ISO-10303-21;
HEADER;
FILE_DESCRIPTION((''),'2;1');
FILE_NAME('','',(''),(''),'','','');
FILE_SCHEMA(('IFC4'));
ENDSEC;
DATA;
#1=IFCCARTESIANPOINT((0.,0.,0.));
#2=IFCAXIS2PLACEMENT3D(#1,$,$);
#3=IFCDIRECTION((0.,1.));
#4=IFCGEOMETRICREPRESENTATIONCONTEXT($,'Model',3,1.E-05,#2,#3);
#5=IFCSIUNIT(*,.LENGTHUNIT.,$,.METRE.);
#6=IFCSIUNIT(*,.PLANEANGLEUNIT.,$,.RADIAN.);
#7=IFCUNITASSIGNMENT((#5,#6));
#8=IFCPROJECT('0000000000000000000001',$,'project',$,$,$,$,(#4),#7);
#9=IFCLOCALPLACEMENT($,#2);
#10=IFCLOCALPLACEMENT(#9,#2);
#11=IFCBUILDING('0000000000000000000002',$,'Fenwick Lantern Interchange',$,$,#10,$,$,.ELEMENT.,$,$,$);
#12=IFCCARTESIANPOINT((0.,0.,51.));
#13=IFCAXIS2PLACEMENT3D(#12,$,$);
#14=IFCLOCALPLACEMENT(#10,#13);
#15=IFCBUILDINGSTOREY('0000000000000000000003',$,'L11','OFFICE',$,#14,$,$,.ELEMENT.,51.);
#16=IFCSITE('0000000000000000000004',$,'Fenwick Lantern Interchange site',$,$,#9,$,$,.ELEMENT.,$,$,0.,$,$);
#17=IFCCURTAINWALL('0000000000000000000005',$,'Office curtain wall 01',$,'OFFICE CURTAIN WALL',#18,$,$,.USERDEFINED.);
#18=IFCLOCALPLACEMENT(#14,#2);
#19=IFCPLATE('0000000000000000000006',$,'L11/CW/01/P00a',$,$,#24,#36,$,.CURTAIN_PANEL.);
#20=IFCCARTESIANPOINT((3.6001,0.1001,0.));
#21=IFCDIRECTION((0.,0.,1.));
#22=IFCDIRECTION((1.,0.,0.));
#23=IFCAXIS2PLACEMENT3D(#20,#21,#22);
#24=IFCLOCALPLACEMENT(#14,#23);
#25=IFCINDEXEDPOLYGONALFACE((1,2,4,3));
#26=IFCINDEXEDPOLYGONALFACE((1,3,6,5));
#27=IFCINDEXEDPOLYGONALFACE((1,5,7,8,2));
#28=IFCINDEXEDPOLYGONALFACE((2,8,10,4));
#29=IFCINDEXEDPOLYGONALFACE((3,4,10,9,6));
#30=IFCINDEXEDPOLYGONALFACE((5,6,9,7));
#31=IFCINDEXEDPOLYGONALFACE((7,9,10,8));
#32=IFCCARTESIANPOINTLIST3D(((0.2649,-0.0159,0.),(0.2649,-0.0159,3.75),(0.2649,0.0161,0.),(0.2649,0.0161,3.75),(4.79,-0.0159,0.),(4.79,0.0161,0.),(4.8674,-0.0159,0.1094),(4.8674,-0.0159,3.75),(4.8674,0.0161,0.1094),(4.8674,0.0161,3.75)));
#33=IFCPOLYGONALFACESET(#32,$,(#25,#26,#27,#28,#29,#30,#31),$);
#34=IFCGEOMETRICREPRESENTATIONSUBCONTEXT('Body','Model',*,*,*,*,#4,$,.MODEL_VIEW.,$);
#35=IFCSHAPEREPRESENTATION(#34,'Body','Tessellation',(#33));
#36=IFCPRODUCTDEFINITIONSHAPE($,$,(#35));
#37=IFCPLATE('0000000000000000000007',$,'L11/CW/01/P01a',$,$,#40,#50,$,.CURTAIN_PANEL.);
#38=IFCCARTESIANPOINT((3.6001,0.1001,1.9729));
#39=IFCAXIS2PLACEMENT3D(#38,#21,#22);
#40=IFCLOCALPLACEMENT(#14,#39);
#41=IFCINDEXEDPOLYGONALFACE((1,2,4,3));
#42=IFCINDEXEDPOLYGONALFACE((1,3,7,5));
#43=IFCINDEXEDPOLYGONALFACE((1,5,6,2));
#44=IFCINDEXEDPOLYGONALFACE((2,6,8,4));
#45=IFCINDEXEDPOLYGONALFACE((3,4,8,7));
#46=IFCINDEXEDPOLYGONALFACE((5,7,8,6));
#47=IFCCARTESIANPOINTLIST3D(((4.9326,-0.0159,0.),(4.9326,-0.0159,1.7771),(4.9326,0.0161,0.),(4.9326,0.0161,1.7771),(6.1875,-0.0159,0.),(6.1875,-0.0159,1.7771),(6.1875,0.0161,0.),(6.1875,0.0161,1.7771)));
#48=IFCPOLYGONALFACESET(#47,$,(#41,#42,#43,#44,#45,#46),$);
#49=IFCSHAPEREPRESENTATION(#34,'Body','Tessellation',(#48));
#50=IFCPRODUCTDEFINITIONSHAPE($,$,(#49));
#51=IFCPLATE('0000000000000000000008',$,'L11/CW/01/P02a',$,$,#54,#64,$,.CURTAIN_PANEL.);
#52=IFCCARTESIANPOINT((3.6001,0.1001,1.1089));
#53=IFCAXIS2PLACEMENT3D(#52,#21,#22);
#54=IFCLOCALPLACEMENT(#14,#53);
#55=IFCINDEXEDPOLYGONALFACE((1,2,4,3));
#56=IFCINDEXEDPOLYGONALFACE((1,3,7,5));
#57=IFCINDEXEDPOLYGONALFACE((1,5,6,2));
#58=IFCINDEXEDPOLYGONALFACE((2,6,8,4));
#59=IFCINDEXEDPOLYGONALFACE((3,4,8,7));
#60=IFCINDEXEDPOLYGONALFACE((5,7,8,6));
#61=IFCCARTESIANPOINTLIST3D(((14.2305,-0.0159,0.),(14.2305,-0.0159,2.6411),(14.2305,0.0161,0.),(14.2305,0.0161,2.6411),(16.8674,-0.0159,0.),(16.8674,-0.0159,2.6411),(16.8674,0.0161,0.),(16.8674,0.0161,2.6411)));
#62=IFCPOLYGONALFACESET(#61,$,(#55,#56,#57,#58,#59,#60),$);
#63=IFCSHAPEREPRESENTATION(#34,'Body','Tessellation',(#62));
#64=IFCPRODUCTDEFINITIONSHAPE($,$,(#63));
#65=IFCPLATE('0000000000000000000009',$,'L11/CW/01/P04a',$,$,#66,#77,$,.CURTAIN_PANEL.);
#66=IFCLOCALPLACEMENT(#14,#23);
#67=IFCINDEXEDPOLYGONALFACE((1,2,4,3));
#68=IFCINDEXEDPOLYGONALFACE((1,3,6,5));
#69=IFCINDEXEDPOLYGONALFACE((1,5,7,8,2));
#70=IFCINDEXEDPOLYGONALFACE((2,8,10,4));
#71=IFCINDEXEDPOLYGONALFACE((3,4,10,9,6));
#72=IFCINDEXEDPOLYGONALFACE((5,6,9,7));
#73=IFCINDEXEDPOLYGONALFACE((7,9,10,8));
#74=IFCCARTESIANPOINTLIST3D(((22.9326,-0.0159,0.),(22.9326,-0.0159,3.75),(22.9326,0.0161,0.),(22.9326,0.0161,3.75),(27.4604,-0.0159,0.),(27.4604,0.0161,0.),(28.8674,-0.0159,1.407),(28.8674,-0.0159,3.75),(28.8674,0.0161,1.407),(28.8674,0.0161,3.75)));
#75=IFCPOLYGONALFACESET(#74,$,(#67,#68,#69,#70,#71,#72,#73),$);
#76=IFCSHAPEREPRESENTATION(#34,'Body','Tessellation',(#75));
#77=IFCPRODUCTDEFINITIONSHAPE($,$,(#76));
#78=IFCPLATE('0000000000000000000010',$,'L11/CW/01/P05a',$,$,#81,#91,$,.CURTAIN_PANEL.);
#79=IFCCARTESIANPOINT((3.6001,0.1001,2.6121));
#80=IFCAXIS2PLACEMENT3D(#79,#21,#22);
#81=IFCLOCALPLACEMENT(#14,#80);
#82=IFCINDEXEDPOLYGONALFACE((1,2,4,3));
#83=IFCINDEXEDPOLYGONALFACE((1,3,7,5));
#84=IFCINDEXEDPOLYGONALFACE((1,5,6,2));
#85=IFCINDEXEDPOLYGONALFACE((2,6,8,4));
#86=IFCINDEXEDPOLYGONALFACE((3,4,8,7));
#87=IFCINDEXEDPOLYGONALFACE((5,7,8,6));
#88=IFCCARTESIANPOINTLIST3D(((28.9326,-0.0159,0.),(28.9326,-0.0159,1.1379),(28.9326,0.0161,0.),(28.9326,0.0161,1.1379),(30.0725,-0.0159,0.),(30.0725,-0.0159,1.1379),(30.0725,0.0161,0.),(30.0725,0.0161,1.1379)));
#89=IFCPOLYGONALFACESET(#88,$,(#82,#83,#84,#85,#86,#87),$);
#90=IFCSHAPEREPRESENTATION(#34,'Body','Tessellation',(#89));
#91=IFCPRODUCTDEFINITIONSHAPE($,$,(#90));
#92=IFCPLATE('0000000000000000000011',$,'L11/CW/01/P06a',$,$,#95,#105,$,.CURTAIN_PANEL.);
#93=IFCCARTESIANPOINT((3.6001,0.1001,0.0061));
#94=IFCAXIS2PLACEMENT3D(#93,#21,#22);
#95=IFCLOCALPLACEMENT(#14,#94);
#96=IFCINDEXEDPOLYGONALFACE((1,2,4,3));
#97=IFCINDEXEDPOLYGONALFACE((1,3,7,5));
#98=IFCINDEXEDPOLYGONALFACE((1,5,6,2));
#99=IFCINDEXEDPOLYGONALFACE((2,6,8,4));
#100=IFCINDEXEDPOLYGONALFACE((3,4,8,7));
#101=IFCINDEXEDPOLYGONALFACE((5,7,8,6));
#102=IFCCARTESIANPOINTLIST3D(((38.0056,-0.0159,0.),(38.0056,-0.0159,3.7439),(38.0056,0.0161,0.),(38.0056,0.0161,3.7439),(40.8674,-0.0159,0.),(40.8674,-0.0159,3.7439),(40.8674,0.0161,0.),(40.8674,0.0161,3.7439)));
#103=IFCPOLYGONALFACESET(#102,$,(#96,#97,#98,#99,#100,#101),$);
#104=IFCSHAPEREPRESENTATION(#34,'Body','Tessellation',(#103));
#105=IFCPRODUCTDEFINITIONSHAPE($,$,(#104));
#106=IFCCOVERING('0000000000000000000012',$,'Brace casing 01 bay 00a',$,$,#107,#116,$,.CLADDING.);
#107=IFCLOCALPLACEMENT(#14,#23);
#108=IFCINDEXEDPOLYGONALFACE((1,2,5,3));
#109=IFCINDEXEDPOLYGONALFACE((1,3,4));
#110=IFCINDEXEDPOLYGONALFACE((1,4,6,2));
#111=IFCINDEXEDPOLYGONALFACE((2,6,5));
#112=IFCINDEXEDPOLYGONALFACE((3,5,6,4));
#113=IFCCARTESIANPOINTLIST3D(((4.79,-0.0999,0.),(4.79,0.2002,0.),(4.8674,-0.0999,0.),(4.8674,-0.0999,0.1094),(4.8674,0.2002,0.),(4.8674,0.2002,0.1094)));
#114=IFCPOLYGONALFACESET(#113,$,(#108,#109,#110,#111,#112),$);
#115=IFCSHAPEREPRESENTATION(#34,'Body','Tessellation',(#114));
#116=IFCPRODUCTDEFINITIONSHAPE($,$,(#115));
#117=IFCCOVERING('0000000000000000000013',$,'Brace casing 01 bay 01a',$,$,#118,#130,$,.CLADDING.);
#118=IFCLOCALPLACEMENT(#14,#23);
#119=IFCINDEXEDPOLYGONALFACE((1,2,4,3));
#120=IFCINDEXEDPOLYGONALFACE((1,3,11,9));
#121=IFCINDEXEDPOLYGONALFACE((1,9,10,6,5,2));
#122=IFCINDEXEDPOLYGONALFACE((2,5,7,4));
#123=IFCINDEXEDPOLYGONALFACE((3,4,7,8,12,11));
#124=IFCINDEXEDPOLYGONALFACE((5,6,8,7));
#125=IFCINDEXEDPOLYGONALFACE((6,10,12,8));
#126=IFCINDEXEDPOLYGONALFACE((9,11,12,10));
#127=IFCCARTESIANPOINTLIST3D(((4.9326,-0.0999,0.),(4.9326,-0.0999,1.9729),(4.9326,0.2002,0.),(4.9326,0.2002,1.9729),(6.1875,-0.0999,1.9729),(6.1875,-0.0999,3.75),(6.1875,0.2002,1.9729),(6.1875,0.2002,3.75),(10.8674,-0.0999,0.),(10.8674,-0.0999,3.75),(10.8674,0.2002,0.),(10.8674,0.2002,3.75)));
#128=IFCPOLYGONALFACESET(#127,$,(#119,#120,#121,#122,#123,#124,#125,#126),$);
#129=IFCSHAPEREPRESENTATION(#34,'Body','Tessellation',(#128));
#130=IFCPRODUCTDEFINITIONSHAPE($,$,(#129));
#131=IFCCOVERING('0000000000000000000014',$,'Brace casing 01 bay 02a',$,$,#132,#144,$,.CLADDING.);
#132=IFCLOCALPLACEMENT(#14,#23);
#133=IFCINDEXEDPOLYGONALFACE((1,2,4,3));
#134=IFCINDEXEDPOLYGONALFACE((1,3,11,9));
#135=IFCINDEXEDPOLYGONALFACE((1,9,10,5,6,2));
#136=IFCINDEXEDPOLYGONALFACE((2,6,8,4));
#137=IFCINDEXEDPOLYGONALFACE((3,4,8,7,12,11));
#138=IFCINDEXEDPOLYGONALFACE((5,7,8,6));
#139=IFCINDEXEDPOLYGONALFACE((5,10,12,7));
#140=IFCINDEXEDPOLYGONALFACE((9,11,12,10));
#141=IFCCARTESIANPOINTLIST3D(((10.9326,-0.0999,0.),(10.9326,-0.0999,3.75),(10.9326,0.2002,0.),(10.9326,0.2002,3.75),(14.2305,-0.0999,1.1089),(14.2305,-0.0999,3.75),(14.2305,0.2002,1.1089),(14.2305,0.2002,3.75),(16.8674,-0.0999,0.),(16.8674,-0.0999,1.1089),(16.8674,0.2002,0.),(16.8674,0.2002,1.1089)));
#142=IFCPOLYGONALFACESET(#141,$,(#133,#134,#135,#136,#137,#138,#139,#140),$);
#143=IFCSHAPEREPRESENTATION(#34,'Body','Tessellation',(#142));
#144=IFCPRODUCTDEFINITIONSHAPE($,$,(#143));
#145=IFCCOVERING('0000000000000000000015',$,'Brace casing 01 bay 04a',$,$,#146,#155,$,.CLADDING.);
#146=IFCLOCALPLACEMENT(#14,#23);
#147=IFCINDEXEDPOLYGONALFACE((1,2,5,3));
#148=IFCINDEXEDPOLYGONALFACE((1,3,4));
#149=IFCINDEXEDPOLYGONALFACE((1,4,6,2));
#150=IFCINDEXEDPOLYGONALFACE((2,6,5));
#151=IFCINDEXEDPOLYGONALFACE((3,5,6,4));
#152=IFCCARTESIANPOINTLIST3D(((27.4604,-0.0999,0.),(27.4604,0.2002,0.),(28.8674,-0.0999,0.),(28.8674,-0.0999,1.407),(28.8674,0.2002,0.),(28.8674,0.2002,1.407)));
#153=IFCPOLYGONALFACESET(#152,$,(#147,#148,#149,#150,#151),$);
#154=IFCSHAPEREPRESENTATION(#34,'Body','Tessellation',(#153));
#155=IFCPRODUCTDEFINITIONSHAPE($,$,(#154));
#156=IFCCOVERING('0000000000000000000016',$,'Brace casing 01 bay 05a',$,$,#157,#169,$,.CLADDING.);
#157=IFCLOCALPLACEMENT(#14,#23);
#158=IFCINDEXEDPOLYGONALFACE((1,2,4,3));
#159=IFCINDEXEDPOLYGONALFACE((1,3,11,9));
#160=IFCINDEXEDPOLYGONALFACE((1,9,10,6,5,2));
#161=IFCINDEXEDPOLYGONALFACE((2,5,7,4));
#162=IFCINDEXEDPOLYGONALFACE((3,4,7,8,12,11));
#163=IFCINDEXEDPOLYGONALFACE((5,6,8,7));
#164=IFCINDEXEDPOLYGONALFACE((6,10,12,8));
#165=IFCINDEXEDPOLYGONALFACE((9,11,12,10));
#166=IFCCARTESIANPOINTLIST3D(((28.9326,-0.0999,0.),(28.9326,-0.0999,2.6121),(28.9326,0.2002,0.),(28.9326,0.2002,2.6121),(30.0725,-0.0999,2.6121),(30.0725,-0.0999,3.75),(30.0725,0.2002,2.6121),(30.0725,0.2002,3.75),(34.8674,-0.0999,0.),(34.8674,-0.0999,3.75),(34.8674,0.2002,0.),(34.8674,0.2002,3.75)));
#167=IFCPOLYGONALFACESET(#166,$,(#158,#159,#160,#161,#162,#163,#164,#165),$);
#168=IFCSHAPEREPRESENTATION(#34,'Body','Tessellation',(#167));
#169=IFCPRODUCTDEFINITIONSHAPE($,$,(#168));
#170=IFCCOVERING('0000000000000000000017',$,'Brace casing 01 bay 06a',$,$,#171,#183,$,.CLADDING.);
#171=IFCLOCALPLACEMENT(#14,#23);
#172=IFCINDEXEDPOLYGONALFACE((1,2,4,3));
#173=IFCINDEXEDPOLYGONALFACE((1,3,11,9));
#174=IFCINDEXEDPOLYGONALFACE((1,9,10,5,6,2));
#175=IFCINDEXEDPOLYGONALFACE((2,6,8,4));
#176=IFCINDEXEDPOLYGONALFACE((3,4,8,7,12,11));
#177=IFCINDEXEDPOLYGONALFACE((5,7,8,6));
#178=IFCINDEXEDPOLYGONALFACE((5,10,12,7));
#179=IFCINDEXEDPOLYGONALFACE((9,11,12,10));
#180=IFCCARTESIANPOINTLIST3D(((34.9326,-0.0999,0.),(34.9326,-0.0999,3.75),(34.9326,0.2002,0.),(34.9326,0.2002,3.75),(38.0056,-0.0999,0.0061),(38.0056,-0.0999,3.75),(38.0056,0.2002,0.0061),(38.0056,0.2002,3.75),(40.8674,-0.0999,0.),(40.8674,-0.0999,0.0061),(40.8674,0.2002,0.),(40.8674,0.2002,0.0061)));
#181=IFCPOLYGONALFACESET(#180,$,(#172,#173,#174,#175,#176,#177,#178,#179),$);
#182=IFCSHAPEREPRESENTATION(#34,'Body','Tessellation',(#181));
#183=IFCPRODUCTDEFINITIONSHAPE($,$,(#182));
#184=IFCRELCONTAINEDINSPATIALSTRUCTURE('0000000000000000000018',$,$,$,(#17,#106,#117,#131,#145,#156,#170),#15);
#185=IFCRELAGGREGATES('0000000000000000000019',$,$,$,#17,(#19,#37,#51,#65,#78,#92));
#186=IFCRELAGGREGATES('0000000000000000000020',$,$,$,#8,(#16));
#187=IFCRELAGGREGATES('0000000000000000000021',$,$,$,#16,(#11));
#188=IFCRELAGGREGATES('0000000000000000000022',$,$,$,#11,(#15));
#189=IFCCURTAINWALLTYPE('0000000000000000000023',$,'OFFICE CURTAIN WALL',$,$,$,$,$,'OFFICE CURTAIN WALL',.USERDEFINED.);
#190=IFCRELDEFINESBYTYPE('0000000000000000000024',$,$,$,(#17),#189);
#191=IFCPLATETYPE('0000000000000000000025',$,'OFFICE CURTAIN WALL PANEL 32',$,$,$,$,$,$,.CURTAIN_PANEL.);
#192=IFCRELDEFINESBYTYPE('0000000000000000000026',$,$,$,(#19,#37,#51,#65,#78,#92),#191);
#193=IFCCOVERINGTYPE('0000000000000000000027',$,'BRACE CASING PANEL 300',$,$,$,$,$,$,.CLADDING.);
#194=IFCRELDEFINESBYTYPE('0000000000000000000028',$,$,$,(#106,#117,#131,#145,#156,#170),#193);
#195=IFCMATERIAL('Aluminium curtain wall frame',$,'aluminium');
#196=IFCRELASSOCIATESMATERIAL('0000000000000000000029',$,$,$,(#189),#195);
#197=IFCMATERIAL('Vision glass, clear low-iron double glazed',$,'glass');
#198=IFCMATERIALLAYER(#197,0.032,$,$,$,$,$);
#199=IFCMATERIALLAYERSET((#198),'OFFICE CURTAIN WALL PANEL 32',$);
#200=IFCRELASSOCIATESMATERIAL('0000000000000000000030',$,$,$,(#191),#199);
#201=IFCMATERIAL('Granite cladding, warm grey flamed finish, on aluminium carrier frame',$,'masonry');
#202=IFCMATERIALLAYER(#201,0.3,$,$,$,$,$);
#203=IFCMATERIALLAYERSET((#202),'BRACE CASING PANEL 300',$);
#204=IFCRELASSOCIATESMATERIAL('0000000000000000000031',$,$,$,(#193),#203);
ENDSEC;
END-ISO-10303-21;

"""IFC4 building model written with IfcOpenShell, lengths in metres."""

from ifc_helpers import new_model, si_unit, direction, frame, origin, place, context, subcontext, project, spatial, polyline, outline, extrude, material, layer, layer_set, type_object, element, aggregate, save


model = new_model("IFC4")

# Units and contexts
model_context = context("Model", 3, precision=1e-05, world=origin(), true_north=direction((0.0, 1.0)))
body_context = subcontext(model_context, "Body", "Model", "MODEL_VIEW")
ifc_project = project(units=[si_unit("LENGTHUNIT", "METRE"), si_unit("PLANEANGLEUNIT", "RADIAN")], contexts=[model_context])

# Site, building, storey
site_placement = place(None, origin())
site = spatial("IfcSite", under=ifc_project, at=site_placement, Name="Fenwick Lantern Interchange site", CompositionType="ELEMENT", RefElevation=0.0)
building_placement = place(site_placement, origin())
building = spatial("IfcBuilding", under=site, at=building_placement, Name="Fenwick Lantern Interchange", CompositionType="ELEMENT")
storey_placement = place(building_placement, frame((0.0, 0.0, 51.0)))
storey = spatial("IfcBuildingStorey", under=building, at=storey_placement, Name="L11", Description="OFFICE", CompositionType="ELEMENT", Elevation=51.0)

# Shared definitions
ifc_material_1 = material(Name="Aluminium curtain wall frame", Category="aluminium")
curtain_wall_type = type_object("IfcCurtainWallType", Name="OFFICE CURTAIN WALL", ElementType="OFFICE CURTAIN WALL", PredefinedType="USERDEFINED", material=ifc_material_1)

# Curtain wall, plates
curtain_wall_1_placement = place(storey_placement, origin())
curtain_wall_1 = element("IfcCurtainWall", 1, at=curtain_wall_1_placement, inside=storey, type_object=curtain_wall_type, Name="Office curtain wall 01", ObjectType="OFFICE CURTAIN WALL", PredefinedType="USERDEFINED")
ifc_material_2 = material(Name="Vision glass, clear low-iron double glazed", Category="glass")
ifc_layer_1 = layer(ifc_material_2, 0.032)
ifc_layer_set_1 = layer_set([ifc_layer_1], Name="OFFICE CURTAIN WALL PANEL 32")
plate_type = type_object("IfcPlateType", Name="OFFICE CURTAIN WALL PANEL 32", PredefinedType="CURTAIN_PANEL", material=ifc_layer_set_1)
plate_1_placement = place(storey_placement, frame((3.6001, 0.1001, 0.0), z_axis=(0.0, 0.0, 1.0), x_axis=(1.0, 0.0, 0.0)))
plate_1 = element("IfcPlate", 2, at=plate_1_placement, type_object=plate_type, Name="L11/CW/01/P00a", PredefinedType="CURTAIN_PANEL", context=body_context, shape_type="SweptSolid", body=[
    extrude(outline(polyline([(0.2649, 0.0), (4.79, 0.0), (4.8674, 0.1094), (4.8674, 3.75), (0.2649, 3.75), (0.2649, 0.0)])), frame((0.0, 0.0161, 0.0), z_axis=(0.0, -1.0, 0.0), x_axis=(1.0, 0.0, 0.0)), (0.0, 0.0, 1.0), 0.032),
])
plate_2_placement = place(storey_placement, frame((3.6001, 0.1001, 1.9729), z_axis=(0.0, 0.0, 1.0), x_axis=(1.0, 0.0, 0.0)))
plate_2 = element("IfcPlate", 3, at=plate_2_placement, type_object=plate_type, Name="L11/CW/01/P01a", PredefinedType="CURTAIN_PANEL", context=body_context, shape_type="SweptSolid", body=[
    extrude(outline(polyline([(4.9326, 0.0), (6.1875, 0.0), (6.1875, 1.7771), (4.9326, 1.7771), (4.9326, 0.0)])), frame((0.0, 0.0161, 0.0), z_axis=(0.0, -1.0, 0.0), x_axis=(1.0, 0.0, 0.0)), (0.0, 0.0, 1.0), 0.032),
])
plate_3_placement = place(storey_placement, frame((3.6001, 0.1001, 1.1089), z_axis=(0.0, 0.0, 1.0), x_axis=(1.0, 0.0, 0.0)))
plate_3 = element("IfcPlate", 4, at=plate_3_placement, type_object=plate_type, Name="L11/CW/01/P02a", PredefinedType="CURTAIN_PANEL", context=body_context, shape_type="SweptSolid", body=[
    extrude(outline(polyline([(14.2305, 0.0), (16.8674, 0.0), (16.8674, 2.6411), (14.2305, 2.6411), (14.2305, 0.0)])), frame((0.0, 0.0161, 0.0), z_axis=(0.0, -1.0, 0.0), x_axis=(1.0, 0.0, 0.0)), (0.0, 0.0, 1.0), 0.032),
])
plate_4_placement = place(storey_placement, frame((3.6001, 0.1001, 0.0), z_axis=(0.0, 0.0, 1.0), x_axis=(1.0, 0.0, 0.0)))
plate_4 = element("IfcPlate", 5, at=plate_4_placement, type_object=plate_type, Name="L11/CW/01/P04a", PredefinedType="CURTAIN_PANEL", context=body_context, shape_type="SweptSolid", body=[
    extrude(outline(polyline([(22.9326, 0.0), (27.4604, 0.0), (28.8674, 1.407), (28.8674, 3.75), (22.9326, 3.75), (22.9326, 0.0)])), frame((0.0, 0.0161, 0.0), z_axis=(0.0, -1.0, 0.0), x_axis=(1.0, 0.0, 0.0)), (0.0, 0.0, 1.0), 0.032),
])
plate_5_placement = place(storey_placement, frame((3.6001, 0.1001, 2.6121), z_axis=(0.0, 0.0, 1.0), x_axis=(1.0, 0.0, 0.0)))
plate_5 = element("IfcPlate", 6, at=plate_5_placement, type_object=plate_type, Name="L11/CW/01/P05a", PredefinedType="CURTAIN_PANEL", context=body_context, shape_type="SweptSolid", body=[
    extrude(outline(polyline([(28.9326, 0.0), (30.0725, 0.0), (30.0725, 1.1379), (28.9326, 1.1379), (28.9326, 0.0)])), frame((0.0, 0.0161, 0.0), z_axis=(0.0, -1.0, 0.0), x_axis=(1.0, 0.0, 0.0)), (0.0, 0.0, 1.0), 0.032),
])
plate_6_placement = place(storey_placement, frame((3.6001, 0.1001, 0.0061), z_axis=(0.0, 0.0, 1.0), x_axis=(1.0, 0.0, 0.0)))
plate_6 = element("IfcPlate", 7, at=plate_6_placement, type_object=plate_type, Name="L11/CW/01/P06a", PredefinedType="CURTAIN_PANEL", context=body_context, shape_type="SweptSolid", body=[
    extrude(outline(polyline([(38.0056, 0.0), (40.8674, 0.0), (40.8674, 3.7439), (38.0056, 3.7439), (38.0056, 0.0)])), frame((0.0, 0.0161, 0.0), z_axis=(0.0, -1.0, 0.0), x_axis=(1.0, 0.0, 0.0)), (0.0, 0.0, 1.0), 0.032),
])
aggregate(curtain_wall_1, [plate_1, plate_2, plate_3, plate_4, plate_5, plate_6])

# Coverings
ifc_material_3 = material(Name="Granite cladding, warm grey flamed finish, on aluminium carrier frame", Category="masonry")
ifc_layer_2 = layer(ifc_material_3, 0.3)
ifc_layer_set_2 = layer_set([ifc_layer_2], Name="BRACE CASING PANEL 300")
covering_type = type_object("IfcCoveringType", Name="BRACE CASING PANEL 300", PredefinedType="CLADDING", material=ifc_layer_set_2)
covering_1_placement = place(storey_placement, frame((3.6001, 0.1001, 0.0), z_axis=(0.0, 0.0, 1.0), x_axis=(1.0, 0.0, 0.0)))
element("IfcCovering", 8, at=covering_1_placement, inside=storey, type_object=covering_type, Name="Brace casing 01 bay 00a", PredefinedType="CLADDING", context=body_context, shape_type="SweptSolid", body=[
    extrude(outline(polyline([(4.79, 0.0), (4.8674, 0.0), (4.8674, 0.1094), (4.79, 0.0)])), frame((0.0, 0.2002, 0.0), z_axis=(0.0, -1.0, 0.0), x_axis=(1.0, 0.0, 0.0)), (0.0, 0.0, 1.0), 0.3),
])
covering_2_placement = place(storey_placement, frame((3.6001, 0.1001, 0.0), z_axis=(0.0, 0.0, 1.0), x_axis=(1.0, 0.0, 0.0)))
element("IfcCovering", 9, at=covering_2_placement, inside=storey, type_object=covering_type, Name="Brace casing 01 bay 01a", PredefinedType="CLADDING", context=body_context, shape_type="SweptSolid", body=[
    extrude(outline(polyline([(4.9326, 0.0), (10.8674, 0.0), (10.8674, 3.75), (6.1875, 3.75), (6.1875, 1.9729), (4.9326, 1.9729), (4.9326, 0.0)])), frame((0.0, 0.2002, 0.0), z_axis=(0.0, -1.0, 0.0), x_axis=(1.0, 0.0, 0.0)), (0.0, 0.0, 1.0), 0.3),
])
covering_3_placement = place(storey_placement, frame((3.6001, 0.1001, 0.0), z_axis=(0.0, 0.0, 1.0), x_axis=(1.0, 0.0, 0.0)))
element("IfcCovering", 10, at=covering_3_placement, inside=storey, type_object=covering_type, Name="Brace casing 01 bay 02a", PredefinedType="CLADDING", context=body_context, shape_type="SweptSolid", body=[
    extrude(outline(polyline([(10.9326, 0.0), (16.8674, 0.0), (16.8674, 1.1089), (14.2305, 1.1089), (14.2305, 3.75), (10.9326, 3.75), (10.9326, 0.0)])), frame((0.0, 0.2002, 0.0), z_axis=(0.0, -1.0, 0.0), x_axis=(1.0, 0.0, 0.0)), (0.0, 0.0, 1.0), 0.3),
])
covering_4_placement = place(storey_placement, frame((3.6001, 0.1001, 0.0), z_axis=(0.0, 0.0, 1.0), x_axis=(1.0, 0.0, 0.0)))
element("IfcCovering", 11, at=covering_4_placement, inside=storey, type_object=covering_type, Name="Brace casing 01 bay 04a", PredefinedType="CLADDING", context=body_context, shape_type="SweptSolid", body=[
    extrude(outline(polyline([(27.4604, 0.0), (28.8674, 0.0), (28.8674, 1.407), (27.4604, 0.0)])), frame((0.0, 0.2002, 0.0), z_axis=(0.0, -1.0, 0.0), x_axis=(1.0, 0.0, 0.0)), (0.0, 0.0, 1.0), 0.3),
])
covering_5_placement = place(storey_placement, frame((3.6001, 0.1001, 0.0), z_axis=(0.0, 0.0, 1.0), x_axis=(1.0, 0.0, 0.0)))
element("IfcCovering", 12, at=covering_5_placement, inside=storey, type_object=covering_type, Name="Brace casing 01 bay 05a", PredefinedType="CLADDING", context=body_context, shape_type="SweptSolid", body=[
    extrude(outline(polyline([(28.9326, 0.0), (34.8674, 0.0), (34.8674, 3.75), (30.0725, 3.75), (30.0725, 2.6121), (28.9326, 2.6121), (28.9326, 0.0)])), frame((0.0, 0.2002, 0.0), z_axis=(0.0, -1.0, 0.0), x_axis=(1.0, 0.0, 0.0)), (0.0, 0.0, 1.0), 0.3),
])
covering_6_placement = place(storey_placement, frame((3.6001, 0.1001, 0.0), z_axis=(0.0, 0.0, 1.0), x_axis=(1.0, 0.0, 0.0)))
element("IfcCovering", 13, at=covering_6_placement, inside=storey, type_object=covering_type, Name="Brace casing 01 bay 06a", PredefinedType="CLADDING", context=body_context, shape_type="SweptSolid", body=[
    extrude(outline(polyline([(34.9326, 0.0), (40.8674, 0.0), (40.8674, 0.0061), (38.0056, 0.0061), (38.0056, 3.75), (34.9326, 3.75), (34.9326, 0.0)])), frame((0.0, 0.2002, 0.0), z_axis=(0.0, -1.0, 0.0), x_axis=(1.0, 0.0, 0.0)), (0.0, 0.0, 1.0), 0.3),
])

save(model, "model.ifc")
